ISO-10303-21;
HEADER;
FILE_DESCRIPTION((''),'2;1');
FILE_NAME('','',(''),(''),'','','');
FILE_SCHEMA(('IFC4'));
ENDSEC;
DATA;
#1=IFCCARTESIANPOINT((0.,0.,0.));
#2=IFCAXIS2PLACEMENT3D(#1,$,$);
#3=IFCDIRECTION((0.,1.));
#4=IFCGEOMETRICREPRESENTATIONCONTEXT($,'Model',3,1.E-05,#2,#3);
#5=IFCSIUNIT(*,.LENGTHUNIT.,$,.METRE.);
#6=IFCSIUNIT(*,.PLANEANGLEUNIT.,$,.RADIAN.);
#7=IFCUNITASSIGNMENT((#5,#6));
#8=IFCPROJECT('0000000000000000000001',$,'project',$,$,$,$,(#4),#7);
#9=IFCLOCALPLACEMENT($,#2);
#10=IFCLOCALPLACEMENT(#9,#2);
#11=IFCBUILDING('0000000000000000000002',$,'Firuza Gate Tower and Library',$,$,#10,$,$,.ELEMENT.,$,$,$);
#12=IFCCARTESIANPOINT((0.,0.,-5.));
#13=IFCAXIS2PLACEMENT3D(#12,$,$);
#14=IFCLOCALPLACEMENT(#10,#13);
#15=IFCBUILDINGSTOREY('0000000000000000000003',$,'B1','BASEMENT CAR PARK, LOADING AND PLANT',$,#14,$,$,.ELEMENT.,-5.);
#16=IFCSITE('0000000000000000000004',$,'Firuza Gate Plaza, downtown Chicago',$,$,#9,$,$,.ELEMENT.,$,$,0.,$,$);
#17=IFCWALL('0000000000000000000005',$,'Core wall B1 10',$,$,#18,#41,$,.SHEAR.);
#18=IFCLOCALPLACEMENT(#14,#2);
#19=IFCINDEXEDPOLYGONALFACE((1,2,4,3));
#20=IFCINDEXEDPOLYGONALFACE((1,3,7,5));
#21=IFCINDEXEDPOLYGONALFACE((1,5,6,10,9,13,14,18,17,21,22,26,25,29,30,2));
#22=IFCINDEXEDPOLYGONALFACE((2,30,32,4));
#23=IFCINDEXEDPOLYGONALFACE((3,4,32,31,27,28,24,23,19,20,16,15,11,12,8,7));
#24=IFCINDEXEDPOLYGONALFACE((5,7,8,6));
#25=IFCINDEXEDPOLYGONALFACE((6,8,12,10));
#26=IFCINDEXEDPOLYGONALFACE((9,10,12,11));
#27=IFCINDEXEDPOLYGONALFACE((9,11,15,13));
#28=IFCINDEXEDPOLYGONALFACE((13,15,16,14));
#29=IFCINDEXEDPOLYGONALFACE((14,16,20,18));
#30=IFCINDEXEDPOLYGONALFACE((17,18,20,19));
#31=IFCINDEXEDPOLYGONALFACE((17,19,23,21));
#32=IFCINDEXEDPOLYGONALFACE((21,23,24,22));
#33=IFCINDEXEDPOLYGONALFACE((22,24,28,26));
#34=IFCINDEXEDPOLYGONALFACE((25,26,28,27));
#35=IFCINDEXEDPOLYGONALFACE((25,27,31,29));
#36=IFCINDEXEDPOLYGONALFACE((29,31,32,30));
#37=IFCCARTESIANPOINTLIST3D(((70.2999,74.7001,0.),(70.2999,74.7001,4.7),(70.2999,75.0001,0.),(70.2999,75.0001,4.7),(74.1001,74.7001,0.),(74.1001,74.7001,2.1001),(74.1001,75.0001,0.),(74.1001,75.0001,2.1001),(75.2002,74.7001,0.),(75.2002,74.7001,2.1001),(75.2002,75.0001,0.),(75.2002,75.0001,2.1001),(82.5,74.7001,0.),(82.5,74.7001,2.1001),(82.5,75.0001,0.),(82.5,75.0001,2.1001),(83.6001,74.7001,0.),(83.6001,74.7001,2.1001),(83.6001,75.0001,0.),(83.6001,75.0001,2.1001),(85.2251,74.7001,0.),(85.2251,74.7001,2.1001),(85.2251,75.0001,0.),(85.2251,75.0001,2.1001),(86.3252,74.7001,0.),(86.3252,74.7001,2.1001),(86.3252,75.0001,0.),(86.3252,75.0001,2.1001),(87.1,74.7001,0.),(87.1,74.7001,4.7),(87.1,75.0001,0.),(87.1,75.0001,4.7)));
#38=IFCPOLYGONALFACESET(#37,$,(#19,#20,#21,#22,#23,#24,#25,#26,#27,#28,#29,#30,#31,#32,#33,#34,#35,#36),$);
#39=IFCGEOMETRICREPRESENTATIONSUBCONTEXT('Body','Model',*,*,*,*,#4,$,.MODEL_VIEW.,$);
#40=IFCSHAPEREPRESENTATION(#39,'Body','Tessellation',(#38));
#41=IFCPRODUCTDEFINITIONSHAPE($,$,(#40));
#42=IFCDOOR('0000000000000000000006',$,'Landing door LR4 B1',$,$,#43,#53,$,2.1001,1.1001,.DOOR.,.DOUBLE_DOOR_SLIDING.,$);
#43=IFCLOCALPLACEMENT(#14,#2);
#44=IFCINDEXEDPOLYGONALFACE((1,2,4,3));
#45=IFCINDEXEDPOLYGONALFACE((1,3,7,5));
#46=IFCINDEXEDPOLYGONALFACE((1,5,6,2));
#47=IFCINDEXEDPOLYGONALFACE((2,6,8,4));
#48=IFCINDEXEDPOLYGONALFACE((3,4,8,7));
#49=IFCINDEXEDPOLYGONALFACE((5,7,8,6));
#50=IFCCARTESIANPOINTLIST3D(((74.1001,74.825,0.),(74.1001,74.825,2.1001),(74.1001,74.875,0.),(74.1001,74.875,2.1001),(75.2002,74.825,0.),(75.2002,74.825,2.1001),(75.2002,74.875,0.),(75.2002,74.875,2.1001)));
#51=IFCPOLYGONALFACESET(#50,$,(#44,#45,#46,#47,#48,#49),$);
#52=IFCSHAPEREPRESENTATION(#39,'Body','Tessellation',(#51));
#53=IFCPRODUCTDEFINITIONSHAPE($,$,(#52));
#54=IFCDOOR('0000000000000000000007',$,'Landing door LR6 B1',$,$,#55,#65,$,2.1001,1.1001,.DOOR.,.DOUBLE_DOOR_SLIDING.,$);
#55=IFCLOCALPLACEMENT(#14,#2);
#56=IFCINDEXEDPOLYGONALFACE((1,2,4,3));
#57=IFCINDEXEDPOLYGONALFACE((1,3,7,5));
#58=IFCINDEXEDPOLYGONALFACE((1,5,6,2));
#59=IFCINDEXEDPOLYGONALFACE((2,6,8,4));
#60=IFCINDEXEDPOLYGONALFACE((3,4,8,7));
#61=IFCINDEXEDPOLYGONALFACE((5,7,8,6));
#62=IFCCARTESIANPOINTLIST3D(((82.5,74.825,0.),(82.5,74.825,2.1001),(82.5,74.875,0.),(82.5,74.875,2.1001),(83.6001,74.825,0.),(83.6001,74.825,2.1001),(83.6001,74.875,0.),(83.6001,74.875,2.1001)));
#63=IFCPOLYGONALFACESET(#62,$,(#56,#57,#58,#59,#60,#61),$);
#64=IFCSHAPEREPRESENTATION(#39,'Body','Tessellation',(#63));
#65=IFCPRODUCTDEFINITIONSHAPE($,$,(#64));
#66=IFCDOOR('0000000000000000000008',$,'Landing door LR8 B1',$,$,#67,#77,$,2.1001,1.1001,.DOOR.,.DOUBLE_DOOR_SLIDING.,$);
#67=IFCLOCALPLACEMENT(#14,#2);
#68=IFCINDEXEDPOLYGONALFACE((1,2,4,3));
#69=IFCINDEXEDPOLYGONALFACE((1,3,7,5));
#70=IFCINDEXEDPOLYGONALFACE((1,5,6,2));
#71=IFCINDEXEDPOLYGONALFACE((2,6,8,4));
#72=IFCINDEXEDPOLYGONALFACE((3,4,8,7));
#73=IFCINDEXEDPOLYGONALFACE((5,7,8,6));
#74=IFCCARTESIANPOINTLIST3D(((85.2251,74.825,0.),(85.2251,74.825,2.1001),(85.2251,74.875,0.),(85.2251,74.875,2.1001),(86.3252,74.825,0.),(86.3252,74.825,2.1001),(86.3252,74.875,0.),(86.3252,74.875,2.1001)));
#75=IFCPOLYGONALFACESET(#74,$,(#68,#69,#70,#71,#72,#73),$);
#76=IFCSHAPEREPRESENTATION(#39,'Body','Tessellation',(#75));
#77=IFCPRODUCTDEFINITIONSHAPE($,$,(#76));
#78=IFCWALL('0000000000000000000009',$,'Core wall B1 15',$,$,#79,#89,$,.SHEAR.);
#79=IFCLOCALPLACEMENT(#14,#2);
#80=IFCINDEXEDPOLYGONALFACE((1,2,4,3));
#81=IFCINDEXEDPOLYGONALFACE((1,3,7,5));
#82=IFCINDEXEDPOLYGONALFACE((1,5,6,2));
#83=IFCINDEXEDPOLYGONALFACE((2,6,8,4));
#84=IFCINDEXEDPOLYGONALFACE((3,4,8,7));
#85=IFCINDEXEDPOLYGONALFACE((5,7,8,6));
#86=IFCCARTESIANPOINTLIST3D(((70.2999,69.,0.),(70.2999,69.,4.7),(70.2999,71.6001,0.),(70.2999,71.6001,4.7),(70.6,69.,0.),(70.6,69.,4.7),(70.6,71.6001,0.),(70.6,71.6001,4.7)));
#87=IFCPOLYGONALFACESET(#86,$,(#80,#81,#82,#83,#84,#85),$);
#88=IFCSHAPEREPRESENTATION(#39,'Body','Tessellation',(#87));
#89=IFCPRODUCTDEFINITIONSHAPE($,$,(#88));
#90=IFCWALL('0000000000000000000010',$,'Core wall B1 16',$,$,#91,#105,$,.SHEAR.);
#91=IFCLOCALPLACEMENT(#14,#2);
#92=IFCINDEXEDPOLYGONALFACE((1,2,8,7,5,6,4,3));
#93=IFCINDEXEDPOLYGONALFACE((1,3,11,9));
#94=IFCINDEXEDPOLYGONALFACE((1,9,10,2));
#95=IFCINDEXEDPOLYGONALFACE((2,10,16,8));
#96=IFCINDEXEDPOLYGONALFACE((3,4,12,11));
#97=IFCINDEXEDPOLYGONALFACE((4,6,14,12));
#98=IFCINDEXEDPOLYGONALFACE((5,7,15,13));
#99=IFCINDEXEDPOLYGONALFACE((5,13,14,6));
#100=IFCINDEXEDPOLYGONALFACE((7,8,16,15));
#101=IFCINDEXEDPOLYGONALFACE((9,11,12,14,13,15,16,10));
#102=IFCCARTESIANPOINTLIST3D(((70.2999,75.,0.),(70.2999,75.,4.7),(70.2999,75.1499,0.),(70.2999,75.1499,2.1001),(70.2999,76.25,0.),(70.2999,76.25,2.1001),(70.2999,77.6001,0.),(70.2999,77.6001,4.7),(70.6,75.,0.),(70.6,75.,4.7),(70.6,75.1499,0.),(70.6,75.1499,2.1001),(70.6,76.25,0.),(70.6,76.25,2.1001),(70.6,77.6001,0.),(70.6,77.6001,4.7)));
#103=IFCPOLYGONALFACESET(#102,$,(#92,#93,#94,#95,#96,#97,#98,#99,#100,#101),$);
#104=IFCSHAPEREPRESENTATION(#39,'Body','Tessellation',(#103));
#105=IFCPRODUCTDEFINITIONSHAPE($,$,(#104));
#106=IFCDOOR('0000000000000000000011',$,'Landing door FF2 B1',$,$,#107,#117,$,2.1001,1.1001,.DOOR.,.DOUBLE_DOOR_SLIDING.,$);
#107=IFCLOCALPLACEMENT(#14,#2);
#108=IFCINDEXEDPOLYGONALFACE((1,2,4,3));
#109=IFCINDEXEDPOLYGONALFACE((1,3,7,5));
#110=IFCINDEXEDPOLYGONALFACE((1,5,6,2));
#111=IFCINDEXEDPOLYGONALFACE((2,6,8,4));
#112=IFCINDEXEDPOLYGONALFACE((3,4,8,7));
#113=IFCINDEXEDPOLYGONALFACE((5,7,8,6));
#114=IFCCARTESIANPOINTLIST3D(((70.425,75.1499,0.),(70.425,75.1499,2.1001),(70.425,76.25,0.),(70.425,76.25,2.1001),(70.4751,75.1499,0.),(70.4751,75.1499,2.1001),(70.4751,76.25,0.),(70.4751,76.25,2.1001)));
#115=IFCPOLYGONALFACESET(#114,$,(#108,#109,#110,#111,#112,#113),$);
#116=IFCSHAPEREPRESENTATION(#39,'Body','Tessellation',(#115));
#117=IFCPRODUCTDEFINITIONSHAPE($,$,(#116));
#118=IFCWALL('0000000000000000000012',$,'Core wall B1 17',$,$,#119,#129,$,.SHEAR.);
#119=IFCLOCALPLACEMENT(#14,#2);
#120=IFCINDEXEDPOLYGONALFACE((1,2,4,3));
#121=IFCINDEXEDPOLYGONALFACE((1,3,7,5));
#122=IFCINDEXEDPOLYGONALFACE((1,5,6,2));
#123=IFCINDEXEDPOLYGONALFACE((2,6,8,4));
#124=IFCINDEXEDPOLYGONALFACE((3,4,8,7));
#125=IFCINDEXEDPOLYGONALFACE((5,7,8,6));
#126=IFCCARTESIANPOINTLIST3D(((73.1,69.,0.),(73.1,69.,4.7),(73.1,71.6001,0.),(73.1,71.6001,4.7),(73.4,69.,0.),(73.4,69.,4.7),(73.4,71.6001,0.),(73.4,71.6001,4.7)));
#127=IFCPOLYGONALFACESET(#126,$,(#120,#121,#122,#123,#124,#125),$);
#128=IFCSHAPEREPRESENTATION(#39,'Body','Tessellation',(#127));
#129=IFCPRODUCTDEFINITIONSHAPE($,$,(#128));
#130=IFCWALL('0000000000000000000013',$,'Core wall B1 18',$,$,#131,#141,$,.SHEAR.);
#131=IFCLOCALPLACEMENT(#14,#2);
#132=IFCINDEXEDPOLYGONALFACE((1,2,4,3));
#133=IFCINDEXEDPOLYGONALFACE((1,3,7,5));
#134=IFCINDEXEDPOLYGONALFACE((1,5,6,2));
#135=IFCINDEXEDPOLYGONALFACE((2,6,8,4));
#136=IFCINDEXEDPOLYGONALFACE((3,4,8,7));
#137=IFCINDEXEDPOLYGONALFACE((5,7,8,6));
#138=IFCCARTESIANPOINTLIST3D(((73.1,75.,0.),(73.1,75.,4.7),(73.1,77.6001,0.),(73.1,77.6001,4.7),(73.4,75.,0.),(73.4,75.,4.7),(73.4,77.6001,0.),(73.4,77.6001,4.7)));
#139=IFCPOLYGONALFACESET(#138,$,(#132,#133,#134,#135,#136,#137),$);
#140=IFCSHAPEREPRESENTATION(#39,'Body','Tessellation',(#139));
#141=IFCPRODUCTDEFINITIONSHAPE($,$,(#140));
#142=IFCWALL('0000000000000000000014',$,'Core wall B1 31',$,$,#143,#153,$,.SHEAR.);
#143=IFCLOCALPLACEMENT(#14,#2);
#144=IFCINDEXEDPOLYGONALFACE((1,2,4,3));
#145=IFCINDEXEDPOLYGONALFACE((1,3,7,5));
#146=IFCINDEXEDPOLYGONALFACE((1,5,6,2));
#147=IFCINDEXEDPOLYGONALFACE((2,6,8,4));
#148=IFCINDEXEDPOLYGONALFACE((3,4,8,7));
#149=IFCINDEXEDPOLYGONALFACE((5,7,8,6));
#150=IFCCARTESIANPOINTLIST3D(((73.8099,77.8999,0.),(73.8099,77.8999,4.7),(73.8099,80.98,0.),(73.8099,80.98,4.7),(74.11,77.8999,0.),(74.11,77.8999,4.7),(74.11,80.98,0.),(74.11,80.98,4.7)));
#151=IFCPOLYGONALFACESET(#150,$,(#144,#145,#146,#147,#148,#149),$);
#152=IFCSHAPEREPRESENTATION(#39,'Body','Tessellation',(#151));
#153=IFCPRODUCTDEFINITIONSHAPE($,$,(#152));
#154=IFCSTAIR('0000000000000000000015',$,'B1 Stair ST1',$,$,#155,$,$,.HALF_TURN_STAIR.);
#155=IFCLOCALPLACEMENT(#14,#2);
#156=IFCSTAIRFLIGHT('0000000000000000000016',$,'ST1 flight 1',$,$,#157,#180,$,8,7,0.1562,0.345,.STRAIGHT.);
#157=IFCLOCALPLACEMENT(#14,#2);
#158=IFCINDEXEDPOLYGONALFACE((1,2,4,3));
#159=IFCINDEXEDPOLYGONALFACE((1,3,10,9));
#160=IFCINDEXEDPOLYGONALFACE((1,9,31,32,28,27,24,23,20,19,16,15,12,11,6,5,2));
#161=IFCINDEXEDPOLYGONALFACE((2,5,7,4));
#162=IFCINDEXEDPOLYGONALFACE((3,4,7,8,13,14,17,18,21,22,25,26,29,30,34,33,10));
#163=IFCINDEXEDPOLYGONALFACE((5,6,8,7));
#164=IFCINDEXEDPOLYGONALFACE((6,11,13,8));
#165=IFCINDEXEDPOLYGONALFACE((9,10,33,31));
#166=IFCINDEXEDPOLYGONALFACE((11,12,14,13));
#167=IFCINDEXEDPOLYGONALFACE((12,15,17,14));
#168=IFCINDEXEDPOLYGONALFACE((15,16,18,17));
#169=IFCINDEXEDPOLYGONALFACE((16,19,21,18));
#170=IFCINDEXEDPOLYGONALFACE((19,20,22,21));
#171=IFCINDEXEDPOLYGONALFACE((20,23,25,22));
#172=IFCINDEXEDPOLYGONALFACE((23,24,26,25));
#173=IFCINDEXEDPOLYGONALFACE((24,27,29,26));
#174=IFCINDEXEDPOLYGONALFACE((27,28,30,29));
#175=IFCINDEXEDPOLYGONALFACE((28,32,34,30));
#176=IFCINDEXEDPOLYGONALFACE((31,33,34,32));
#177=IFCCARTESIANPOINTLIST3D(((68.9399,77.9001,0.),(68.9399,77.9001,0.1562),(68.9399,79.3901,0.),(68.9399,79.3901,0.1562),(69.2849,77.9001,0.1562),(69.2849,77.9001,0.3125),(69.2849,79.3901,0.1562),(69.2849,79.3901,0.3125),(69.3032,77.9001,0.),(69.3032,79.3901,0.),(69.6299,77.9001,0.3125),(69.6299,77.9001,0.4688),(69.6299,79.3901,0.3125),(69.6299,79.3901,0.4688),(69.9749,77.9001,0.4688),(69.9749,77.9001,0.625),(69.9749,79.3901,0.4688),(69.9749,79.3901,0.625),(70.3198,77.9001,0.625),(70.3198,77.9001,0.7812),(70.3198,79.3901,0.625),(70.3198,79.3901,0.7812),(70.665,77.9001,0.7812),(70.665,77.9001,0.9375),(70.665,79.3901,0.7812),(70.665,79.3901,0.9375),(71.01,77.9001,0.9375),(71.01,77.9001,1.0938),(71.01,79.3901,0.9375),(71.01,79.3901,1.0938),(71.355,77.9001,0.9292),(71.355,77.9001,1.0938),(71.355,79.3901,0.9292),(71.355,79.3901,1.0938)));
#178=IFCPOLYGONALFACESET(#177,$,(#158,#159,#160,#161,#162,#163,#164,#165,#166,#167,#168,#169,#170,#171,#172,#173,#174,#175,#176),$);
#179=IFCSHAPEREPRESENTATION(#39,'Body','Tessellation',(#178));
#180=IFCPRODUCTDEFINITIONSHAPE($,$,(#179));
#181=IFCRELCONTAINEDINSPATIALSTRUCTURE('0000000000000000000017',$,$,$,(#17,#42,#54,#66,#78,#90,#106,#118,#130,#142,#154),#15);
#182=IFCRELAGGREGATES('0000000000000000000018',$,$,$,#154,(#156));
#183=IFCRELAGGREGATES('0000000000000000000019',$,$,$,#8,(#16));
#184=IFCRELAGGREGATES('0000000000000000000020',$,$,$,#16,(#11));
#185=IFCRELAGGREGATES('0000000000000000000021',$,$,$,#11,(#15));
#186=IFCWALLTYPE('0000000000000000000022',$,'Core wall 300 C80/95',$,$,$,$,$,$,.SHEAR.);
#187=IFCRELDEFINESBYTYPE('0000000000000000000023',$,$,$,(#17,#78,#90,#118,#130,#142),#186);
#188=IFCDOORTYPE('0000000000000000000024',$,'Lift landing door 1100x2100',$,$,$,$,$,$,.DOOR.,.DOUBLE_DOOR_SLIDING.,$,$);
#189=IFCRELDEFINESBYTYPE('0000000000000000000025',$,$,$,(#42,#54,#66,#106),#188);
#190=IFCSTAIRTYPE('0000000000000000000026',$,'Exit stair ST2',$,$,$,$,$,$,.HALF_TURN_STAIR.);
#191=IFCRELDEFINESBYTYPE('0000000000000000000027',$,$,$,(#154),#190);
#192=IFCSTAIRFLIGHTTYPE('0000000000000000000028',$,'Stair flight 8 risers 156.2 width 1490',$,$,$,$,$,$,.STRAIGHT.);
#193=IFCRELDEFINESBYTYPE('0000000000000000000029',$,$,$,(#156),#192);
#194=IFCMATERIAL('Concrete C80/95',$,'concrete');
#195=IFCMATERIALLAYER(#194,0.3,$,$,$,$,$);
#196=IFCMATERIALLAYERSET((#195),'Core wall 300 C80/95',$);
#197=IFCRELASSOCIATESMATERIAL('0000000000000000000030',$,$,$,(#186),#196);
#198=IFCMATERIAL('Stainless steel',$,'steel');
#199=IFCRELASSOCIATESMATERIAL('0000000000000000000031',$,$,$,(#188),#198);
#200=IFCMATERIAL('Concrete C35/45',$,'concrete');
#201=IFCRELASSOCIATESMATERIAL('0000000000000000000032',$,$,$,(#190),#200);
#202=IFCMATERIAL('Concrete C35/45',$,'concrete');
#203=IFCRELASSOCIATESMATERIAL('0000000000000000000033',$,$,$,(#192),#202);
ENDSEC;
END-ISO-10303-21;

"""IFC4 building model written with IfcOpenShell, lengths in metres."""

from ifc_helpers import new_model, si_unit, direction, frame, frame_2d, origin, place, context, subcontext, project, spatial, polyline, rectangle, outline, extrude, material, layer, layer_set, type_object, element, fill, aggregate, save


model = new_model("IFC4")

# Units and contexts
model_context = context("Model", 3, precision=1e-05, world=origin(), true_north=direction((0.0, 1.0)))
body_context = subcontext(model_context, "Body", "Model", "MODEL_VIEW")
ifc_project = project(units=[si_unit("LENGTHUNIT", "METRE"), si_unit("PLANEANGLEUNIT", "RADIAN")], contexts=[model_context])

# Site, building, storey
site_placement = place(None, origin())
site = spatial("IfcSite", under=ifc_project, at=site_placement, Name="Firuza Gate Plaza, downtown Chicago", CompositionType="ELEMENT", RefElevation=0.0)
building_placement = place(site_placement, origin())
building = spatial("IfcBuilding", under=site, at=building_placement, Name="Firuza Gate Tower and Library", CompositionType="ELEMENT")
storey_placement = place(building_placement, frame((0.0, 0.0, -5.0)))
storey = spatial("IfcBuildingStorey", under=building, at=storey_placement, Name="B1", Description="BASEMENT CAR PARK, LOADING AND PLANT", CompositionType="ELEMENT", Elevation=-5.0)

# Wall, openings, doors
ifc_material_1 = material(Name="Concrete C80/95", Category="concrete")
ifc_layer_1 = layer(ifc_material_1, 0.3)
ifc_layer_set_1 = layer_set([ifc_layer_1], Name="Core wall 300 C80/95")
wall_type_1 = type_object("IfcWallType", Name="Core wall 300 C80/95", PredefinedType="SHEAR", material=ifc_layer_set_1)
ifc_material_2 = material(Name="Stainless steel", Category="steel")
door_type_1 = type_object("IfcDoorType", Name="Lift landing door 1100x2100", OperationType="DOUBLE_DOOR_SLIDING", PredefinedType="DOOR", material=ifc_material_2)
wall_1_placement = place(storey_placement, frame((70.3, 74.8501, 0.0), z_axis=(0.0, 0.0, 1.0), x_axis=(1.0, 0.0, 0.0)))
wall_1 = element("IfcWall", 1, at=wall_1_placement, inside=storey, type_object=wall_type_1, Name="Core wall B1 10", PredefinedType="SHEAR", context=body_context, shape_type="SweptSolid", body=[
    extrude(rectangle(XDim=16.8, YDim=0.3, at=frame_2d((8.3999, 0.0))), origin(), (0.0, 0.0, 1.0), 4.7),
])
opening_1_placement = place(wall_1_placement, frame((3.8, 0.0, 0.0)))
opening_1 = element("IfcOpeningElement", 2, at=opening_1_placement, cuts=wall_1, PredefinedType="OPENING", context=body_context, shape_type="SweptSolid", body=[
    extrude(rectangle(XDim=1.1001, YDim=2.1001, at=frame_2d((0.55, 1.05))), frame((0.0, 0.1602, 0.0), z_axis=(0.0, -1.0, 0.0), x_axis=(1.0, 0.0, 0.0)), (0.0, 0.0, 1.0), 0.3201),
])
opening_2_placement = place(wall_1_placement, frame((12.2, 0.0, 0.0)))
opening_2 = element("IfcOpeningElement", 3, at=opening_2_placement, cuts=wall_1, PredefinedType="OPENING", context=body_context, shape_type="SweptSolid", body=[
    extrude(rectangle(XDim=1.1001, YDim=2.1001, at=frame_2d((0.55, 1.05))), frame((0.0, 0.1602, 0.0), z_axis=(0.0, -1.0, 0.0), x_axis=(1.0, 0.0, 0.0)), (0.0, 0.0, 1.0), 0.3201),
])
opening_3_placement = place(wall_1_placement, frame((14.925, 0.0, 0.0)))
opening_3 = element("IfcOpeningElement", 4, at=opening_3_placement, cuts=wall_1, PredefinedType="OPENING", context=body_context, shape_type="SweptSolid", body=[
    extrude(rectangle(XDim=1.1001, YDim=2.1001, at=frame_2d((0.55, 1.05))), frame((0.0, 0.1602, 0.0), z_axis=(0.0, -1.0, 0.0), x_axis=(1.0, 0.0, 0.0)), (0.0, 0.0, 1.0), 0.3201),
])
door_1_placement = place(opening_1_placement, origin())
door_1 = element("IfcDoor", 5, at=door_1_placement, inside=storey, type_object=door_type_1, Name="Landing door LR4 B1", OperationType="DOUBLE_DOOR_SLIDING", OverallHeight=2.1001, OverallWidth=1.1001, PredefinedType="DOOR", context=body_context, shape_type="SweptSolid", body=[
    extrude(rectangle(XDim=1.1001, YDim=2.1001, at=frame_2d((0.55, 1.05))), frame((0.0, 0.0249, 0.0), z_axis=(0.0, -1.0, 0.0), x_axis=(1.0, 0.0, 0.0)), (0.0, 0.0, 1.0), 0.05),
])
fill(opening_1, door_1)
door_2_placement = place(opening_2_placement, origin())
door_2 = element("IfcDoor", 6, at=door_2_placement, inside=storey, type_object=door_type_1, Name="Landing door LR6 B1", OperationType="DOUBLE_DOOR_SLIDING", OverallHeight=2.1001, OverallWidth=1.1001, PredefinedType="DOOR", context=body_context, shape_type="SweptSolid", body=[
    extrude(rectangle(XDim=1.1001, YDim=2.1001, at=frame_2d((0.55, 1.05))), frame((0.0, 0.0249, 0.0), z_axis=(0.0, -1.0, 0.0), x_axis=(1.0, 0.0, 0.0)), (0.0, 0.0, 1.0), 0.05),
])
fill(opening_2, door_2)
door_3_placement = place(opening_3_placement, origin())
door_3 = element("IfcDoor", 7, at=door_3_placement, inside=storey, type_object=door_type_1, Name="Landing door LR8 B1", OperationType="DOUBLE_DOOR_SLIDING", OverallHeight=2.1001, OverallWidth=1.1001, PredefinedType="DOOR", context=body_context, shape_type="SweptSolid", body=[
    extrude(rectangle(XDim=1.1001, YDim=2.1001, at=frame_2d((0.55, 1.05))), frame((0.0, 0.0249, 0.0), z_axis=(0.0, -1.0, 0.0), x_axis=(1.0, 0.0, 0.0)), (0.0, 0.0, 1.0), 0.05),
])
fill(opening_3, door_3)

# Wall
wall_2_placement = place(storey_placement, frame((70.45, 69.0, 0.0), z_axis=(0.0, 0.0, 1.0), x_axis=(0.0, 1.0, 0.0)))
element("IfcWall", 8, at=wall_2_placement, inside=storey, type_object=wall_type_1, Name="Core wall B1 15", PredefinedType="SHEAR", context=body_context, shape_type="SweptSolid", body=[
    extrude(rectangle(XDim=2.6001, YDim=0.3, at=frame_2d((1.3, 0.0))), origin(), (0.0, 0.0, 1.0), 4.7),
])

# Wall, opening, door
wall_3_placement = place(storey_placement, frame((70.45, 75.0, 0.0), z_axis=(0.0, 0.0, 1.0), x_axis=(0.0, 1.0, 0.0)))
wall_3 = element("IfcWall", 9, at=wall_3_placement, inside=storey, type_object=wall_type_1, Name="Core wall B1 16", PredefinedType="SHEAR", context=body_context, shape_type="SweptSolid", body=[
    extrude(rectangle(XDim=2.6001, YDim=0.3, at=frame_2d((1.3, 0.0))), origin(), (0.0, 0.0, 1.0), 4.7),
])
opening_4_placement = place(wall_3_placement, frame((0.1499, 0.0, 0.0)))
opening_4 = element("IfcOpeningElement", 10, at=opening_4_placement, cuts=wall_3, PredefinedType="OPENING", context=body_context, shape_type="SweptSolid", body=[
    extrude(rectangle(XDim=1.1001, YDim=2.1001, at=frame_2d((0.55, 1.05))), frame((0.0, 0.1602, 0.0), z_axis=(0.0, -1.0, 0.0), x_axis=(1.0, 0.0, 0.0)), (0.0, 0.0, 1.0), 0.3201),
])
door_4_placement = place(opening_4_placement, origin())
door_4 = element("IfcDoor", 11, at=door_4_placement, inside=storey, type_object=door_type_1, Name="Landing door FF2 B1", OperationType="DOUBLE_DOOR_SLIDING", OverallHeight=2.1001, OverallWidth=1.1001, PredefinedType="DOOR", context=body_context, shape_type="SweptSolid", body=[
    extrude(rectangle(XDim=1.1001, YDim=2.1001, at=frame_2d((0.55, 1.05))), frame((0.0, 0.0249, 0.0), z_axis=(0.0, -1.0, 0.0), x_axis=(1.0, 0.0, 0.0)), (0.0, 0.0, 1.0), 0.05),
])
fill(opening_4, door_4)

# Walls
for number, where, z_axis, x_axis, name in (
    (12, (73.25, 69.0, 0.0), (0.0, 0.0, 1.0), (0.0, 1.0, 0.0), "Core wall B1 17"),
    (13, (73.25, 75.0, 0.0), (0.0, 0.0, 1.0), (0.0, 1.0, 0.0), "Core wall B1 18"),
):
    element("IfcWall", number, at=place(storey_placement, frame(where, z_axis=z_axis, x_axis=x_axis)), inside=storey, type_object=wall_type_1, Name=name, PredefinedType="SHEAR", context=body_context, shape_type="SweptSolid", body=[
        extrude(rectangle(XDim=2.6001, YDim=0.3, at=frame_2d((1.3, 0.0))), origin(), (0.0, 0.0, 1.0), 4.7),
    ])
wall_4_placement = place(storey_placement, frame((73.96, 77.8999, 0.0), z_axis=(0.0, 0.0, 1.0), x_axis=(0.0, 1.0, 0.0)))
element("IfcWall", 14, at=wall_4_placement, inside=storey, type_object=wall_type_1, Name="Core wall B1 31", PredefinedType="SHEAR", context=body_context, shape_type="SweptSolid", body=[
    extrude(rectangle(XDim=3.0801, YDim=0.3, at=frame_2d((1.54, 0.0))), origin(), (0.0, 0.0, 1.0), 4.7),
])

# Stair, stair flight
ifc_material_3 = material(Name="Concrete C35/45", Category="concrete")
stair_type = type_object("IfcStairType", Name="Exit stair ST2", PredefinedType="HALF_TURN_STAIR", material=ifc_material_3)
stair_placement = place(storey_placement, origin())
stair = element("IfcStair", 15, at=stair_placement, inside=storey, type_object=stair_type, Name="B1 Stair ST1", PredefinedType="HALF_TURN_STAIR")
ifc_material_4 = material(Name="Concrete C35/45", Category="concrete")
stair_flight_type = type_object("IfcStairFlightType", Name="Stair flight 8 risers 156.2 width 1490", PredefinedType="STRAIGHT", material=ifc_material_4)
stair_flight_1_placement = place(storey_placement, frame((68.9399, 78.645, 0.0), z_axis=(0.0, 0.0, 1.0), x_axis=(1.0, 0.0, 0.0)))
stair_flight_1 = element("IfcStairFlight", 16, at=stair_flight_1_placement, type_object=stair_flight_type, Name="ST1 flight 1", NumberOfRisers=8, NumberOfTreads=7, PredefinedType="STRAIGHT", RiserHeight=0.1562, TreadLength=0.345, context=body_context, shape_type="SweptSolid", body=[
    extrude(outline(polyline([(0.0, 0.0), (0.0, 0.1562), (0.345, 0.1562), (0.345, 0.3125), (0.6899, 0.3125), (0.6899, 0.4688), (1.0349, 0.4688), (1.0349, 0.625), (1.3799, 0.625), (1.3799, 0.7812), (1.7251, 0.7812), (1.7251, 0.9375), (2.0701, 0.9375), (2.0701, 1.0938), (2.415, 1.0938), (2.415, 1.25), (2.415, 0.9292), (0.3633, 0.0), (0.0, 0.0)])), frame((0.0, 0.7451, 0.0), z_axis=(0.0, -1.0, 0.0), x_axis=(1.0, 0.0, 0.0)), (0.0, 0.0, 1.0), 1.49),
])
aggregate(stair, [stair_flight_1])

save(model, "model.ifc")
